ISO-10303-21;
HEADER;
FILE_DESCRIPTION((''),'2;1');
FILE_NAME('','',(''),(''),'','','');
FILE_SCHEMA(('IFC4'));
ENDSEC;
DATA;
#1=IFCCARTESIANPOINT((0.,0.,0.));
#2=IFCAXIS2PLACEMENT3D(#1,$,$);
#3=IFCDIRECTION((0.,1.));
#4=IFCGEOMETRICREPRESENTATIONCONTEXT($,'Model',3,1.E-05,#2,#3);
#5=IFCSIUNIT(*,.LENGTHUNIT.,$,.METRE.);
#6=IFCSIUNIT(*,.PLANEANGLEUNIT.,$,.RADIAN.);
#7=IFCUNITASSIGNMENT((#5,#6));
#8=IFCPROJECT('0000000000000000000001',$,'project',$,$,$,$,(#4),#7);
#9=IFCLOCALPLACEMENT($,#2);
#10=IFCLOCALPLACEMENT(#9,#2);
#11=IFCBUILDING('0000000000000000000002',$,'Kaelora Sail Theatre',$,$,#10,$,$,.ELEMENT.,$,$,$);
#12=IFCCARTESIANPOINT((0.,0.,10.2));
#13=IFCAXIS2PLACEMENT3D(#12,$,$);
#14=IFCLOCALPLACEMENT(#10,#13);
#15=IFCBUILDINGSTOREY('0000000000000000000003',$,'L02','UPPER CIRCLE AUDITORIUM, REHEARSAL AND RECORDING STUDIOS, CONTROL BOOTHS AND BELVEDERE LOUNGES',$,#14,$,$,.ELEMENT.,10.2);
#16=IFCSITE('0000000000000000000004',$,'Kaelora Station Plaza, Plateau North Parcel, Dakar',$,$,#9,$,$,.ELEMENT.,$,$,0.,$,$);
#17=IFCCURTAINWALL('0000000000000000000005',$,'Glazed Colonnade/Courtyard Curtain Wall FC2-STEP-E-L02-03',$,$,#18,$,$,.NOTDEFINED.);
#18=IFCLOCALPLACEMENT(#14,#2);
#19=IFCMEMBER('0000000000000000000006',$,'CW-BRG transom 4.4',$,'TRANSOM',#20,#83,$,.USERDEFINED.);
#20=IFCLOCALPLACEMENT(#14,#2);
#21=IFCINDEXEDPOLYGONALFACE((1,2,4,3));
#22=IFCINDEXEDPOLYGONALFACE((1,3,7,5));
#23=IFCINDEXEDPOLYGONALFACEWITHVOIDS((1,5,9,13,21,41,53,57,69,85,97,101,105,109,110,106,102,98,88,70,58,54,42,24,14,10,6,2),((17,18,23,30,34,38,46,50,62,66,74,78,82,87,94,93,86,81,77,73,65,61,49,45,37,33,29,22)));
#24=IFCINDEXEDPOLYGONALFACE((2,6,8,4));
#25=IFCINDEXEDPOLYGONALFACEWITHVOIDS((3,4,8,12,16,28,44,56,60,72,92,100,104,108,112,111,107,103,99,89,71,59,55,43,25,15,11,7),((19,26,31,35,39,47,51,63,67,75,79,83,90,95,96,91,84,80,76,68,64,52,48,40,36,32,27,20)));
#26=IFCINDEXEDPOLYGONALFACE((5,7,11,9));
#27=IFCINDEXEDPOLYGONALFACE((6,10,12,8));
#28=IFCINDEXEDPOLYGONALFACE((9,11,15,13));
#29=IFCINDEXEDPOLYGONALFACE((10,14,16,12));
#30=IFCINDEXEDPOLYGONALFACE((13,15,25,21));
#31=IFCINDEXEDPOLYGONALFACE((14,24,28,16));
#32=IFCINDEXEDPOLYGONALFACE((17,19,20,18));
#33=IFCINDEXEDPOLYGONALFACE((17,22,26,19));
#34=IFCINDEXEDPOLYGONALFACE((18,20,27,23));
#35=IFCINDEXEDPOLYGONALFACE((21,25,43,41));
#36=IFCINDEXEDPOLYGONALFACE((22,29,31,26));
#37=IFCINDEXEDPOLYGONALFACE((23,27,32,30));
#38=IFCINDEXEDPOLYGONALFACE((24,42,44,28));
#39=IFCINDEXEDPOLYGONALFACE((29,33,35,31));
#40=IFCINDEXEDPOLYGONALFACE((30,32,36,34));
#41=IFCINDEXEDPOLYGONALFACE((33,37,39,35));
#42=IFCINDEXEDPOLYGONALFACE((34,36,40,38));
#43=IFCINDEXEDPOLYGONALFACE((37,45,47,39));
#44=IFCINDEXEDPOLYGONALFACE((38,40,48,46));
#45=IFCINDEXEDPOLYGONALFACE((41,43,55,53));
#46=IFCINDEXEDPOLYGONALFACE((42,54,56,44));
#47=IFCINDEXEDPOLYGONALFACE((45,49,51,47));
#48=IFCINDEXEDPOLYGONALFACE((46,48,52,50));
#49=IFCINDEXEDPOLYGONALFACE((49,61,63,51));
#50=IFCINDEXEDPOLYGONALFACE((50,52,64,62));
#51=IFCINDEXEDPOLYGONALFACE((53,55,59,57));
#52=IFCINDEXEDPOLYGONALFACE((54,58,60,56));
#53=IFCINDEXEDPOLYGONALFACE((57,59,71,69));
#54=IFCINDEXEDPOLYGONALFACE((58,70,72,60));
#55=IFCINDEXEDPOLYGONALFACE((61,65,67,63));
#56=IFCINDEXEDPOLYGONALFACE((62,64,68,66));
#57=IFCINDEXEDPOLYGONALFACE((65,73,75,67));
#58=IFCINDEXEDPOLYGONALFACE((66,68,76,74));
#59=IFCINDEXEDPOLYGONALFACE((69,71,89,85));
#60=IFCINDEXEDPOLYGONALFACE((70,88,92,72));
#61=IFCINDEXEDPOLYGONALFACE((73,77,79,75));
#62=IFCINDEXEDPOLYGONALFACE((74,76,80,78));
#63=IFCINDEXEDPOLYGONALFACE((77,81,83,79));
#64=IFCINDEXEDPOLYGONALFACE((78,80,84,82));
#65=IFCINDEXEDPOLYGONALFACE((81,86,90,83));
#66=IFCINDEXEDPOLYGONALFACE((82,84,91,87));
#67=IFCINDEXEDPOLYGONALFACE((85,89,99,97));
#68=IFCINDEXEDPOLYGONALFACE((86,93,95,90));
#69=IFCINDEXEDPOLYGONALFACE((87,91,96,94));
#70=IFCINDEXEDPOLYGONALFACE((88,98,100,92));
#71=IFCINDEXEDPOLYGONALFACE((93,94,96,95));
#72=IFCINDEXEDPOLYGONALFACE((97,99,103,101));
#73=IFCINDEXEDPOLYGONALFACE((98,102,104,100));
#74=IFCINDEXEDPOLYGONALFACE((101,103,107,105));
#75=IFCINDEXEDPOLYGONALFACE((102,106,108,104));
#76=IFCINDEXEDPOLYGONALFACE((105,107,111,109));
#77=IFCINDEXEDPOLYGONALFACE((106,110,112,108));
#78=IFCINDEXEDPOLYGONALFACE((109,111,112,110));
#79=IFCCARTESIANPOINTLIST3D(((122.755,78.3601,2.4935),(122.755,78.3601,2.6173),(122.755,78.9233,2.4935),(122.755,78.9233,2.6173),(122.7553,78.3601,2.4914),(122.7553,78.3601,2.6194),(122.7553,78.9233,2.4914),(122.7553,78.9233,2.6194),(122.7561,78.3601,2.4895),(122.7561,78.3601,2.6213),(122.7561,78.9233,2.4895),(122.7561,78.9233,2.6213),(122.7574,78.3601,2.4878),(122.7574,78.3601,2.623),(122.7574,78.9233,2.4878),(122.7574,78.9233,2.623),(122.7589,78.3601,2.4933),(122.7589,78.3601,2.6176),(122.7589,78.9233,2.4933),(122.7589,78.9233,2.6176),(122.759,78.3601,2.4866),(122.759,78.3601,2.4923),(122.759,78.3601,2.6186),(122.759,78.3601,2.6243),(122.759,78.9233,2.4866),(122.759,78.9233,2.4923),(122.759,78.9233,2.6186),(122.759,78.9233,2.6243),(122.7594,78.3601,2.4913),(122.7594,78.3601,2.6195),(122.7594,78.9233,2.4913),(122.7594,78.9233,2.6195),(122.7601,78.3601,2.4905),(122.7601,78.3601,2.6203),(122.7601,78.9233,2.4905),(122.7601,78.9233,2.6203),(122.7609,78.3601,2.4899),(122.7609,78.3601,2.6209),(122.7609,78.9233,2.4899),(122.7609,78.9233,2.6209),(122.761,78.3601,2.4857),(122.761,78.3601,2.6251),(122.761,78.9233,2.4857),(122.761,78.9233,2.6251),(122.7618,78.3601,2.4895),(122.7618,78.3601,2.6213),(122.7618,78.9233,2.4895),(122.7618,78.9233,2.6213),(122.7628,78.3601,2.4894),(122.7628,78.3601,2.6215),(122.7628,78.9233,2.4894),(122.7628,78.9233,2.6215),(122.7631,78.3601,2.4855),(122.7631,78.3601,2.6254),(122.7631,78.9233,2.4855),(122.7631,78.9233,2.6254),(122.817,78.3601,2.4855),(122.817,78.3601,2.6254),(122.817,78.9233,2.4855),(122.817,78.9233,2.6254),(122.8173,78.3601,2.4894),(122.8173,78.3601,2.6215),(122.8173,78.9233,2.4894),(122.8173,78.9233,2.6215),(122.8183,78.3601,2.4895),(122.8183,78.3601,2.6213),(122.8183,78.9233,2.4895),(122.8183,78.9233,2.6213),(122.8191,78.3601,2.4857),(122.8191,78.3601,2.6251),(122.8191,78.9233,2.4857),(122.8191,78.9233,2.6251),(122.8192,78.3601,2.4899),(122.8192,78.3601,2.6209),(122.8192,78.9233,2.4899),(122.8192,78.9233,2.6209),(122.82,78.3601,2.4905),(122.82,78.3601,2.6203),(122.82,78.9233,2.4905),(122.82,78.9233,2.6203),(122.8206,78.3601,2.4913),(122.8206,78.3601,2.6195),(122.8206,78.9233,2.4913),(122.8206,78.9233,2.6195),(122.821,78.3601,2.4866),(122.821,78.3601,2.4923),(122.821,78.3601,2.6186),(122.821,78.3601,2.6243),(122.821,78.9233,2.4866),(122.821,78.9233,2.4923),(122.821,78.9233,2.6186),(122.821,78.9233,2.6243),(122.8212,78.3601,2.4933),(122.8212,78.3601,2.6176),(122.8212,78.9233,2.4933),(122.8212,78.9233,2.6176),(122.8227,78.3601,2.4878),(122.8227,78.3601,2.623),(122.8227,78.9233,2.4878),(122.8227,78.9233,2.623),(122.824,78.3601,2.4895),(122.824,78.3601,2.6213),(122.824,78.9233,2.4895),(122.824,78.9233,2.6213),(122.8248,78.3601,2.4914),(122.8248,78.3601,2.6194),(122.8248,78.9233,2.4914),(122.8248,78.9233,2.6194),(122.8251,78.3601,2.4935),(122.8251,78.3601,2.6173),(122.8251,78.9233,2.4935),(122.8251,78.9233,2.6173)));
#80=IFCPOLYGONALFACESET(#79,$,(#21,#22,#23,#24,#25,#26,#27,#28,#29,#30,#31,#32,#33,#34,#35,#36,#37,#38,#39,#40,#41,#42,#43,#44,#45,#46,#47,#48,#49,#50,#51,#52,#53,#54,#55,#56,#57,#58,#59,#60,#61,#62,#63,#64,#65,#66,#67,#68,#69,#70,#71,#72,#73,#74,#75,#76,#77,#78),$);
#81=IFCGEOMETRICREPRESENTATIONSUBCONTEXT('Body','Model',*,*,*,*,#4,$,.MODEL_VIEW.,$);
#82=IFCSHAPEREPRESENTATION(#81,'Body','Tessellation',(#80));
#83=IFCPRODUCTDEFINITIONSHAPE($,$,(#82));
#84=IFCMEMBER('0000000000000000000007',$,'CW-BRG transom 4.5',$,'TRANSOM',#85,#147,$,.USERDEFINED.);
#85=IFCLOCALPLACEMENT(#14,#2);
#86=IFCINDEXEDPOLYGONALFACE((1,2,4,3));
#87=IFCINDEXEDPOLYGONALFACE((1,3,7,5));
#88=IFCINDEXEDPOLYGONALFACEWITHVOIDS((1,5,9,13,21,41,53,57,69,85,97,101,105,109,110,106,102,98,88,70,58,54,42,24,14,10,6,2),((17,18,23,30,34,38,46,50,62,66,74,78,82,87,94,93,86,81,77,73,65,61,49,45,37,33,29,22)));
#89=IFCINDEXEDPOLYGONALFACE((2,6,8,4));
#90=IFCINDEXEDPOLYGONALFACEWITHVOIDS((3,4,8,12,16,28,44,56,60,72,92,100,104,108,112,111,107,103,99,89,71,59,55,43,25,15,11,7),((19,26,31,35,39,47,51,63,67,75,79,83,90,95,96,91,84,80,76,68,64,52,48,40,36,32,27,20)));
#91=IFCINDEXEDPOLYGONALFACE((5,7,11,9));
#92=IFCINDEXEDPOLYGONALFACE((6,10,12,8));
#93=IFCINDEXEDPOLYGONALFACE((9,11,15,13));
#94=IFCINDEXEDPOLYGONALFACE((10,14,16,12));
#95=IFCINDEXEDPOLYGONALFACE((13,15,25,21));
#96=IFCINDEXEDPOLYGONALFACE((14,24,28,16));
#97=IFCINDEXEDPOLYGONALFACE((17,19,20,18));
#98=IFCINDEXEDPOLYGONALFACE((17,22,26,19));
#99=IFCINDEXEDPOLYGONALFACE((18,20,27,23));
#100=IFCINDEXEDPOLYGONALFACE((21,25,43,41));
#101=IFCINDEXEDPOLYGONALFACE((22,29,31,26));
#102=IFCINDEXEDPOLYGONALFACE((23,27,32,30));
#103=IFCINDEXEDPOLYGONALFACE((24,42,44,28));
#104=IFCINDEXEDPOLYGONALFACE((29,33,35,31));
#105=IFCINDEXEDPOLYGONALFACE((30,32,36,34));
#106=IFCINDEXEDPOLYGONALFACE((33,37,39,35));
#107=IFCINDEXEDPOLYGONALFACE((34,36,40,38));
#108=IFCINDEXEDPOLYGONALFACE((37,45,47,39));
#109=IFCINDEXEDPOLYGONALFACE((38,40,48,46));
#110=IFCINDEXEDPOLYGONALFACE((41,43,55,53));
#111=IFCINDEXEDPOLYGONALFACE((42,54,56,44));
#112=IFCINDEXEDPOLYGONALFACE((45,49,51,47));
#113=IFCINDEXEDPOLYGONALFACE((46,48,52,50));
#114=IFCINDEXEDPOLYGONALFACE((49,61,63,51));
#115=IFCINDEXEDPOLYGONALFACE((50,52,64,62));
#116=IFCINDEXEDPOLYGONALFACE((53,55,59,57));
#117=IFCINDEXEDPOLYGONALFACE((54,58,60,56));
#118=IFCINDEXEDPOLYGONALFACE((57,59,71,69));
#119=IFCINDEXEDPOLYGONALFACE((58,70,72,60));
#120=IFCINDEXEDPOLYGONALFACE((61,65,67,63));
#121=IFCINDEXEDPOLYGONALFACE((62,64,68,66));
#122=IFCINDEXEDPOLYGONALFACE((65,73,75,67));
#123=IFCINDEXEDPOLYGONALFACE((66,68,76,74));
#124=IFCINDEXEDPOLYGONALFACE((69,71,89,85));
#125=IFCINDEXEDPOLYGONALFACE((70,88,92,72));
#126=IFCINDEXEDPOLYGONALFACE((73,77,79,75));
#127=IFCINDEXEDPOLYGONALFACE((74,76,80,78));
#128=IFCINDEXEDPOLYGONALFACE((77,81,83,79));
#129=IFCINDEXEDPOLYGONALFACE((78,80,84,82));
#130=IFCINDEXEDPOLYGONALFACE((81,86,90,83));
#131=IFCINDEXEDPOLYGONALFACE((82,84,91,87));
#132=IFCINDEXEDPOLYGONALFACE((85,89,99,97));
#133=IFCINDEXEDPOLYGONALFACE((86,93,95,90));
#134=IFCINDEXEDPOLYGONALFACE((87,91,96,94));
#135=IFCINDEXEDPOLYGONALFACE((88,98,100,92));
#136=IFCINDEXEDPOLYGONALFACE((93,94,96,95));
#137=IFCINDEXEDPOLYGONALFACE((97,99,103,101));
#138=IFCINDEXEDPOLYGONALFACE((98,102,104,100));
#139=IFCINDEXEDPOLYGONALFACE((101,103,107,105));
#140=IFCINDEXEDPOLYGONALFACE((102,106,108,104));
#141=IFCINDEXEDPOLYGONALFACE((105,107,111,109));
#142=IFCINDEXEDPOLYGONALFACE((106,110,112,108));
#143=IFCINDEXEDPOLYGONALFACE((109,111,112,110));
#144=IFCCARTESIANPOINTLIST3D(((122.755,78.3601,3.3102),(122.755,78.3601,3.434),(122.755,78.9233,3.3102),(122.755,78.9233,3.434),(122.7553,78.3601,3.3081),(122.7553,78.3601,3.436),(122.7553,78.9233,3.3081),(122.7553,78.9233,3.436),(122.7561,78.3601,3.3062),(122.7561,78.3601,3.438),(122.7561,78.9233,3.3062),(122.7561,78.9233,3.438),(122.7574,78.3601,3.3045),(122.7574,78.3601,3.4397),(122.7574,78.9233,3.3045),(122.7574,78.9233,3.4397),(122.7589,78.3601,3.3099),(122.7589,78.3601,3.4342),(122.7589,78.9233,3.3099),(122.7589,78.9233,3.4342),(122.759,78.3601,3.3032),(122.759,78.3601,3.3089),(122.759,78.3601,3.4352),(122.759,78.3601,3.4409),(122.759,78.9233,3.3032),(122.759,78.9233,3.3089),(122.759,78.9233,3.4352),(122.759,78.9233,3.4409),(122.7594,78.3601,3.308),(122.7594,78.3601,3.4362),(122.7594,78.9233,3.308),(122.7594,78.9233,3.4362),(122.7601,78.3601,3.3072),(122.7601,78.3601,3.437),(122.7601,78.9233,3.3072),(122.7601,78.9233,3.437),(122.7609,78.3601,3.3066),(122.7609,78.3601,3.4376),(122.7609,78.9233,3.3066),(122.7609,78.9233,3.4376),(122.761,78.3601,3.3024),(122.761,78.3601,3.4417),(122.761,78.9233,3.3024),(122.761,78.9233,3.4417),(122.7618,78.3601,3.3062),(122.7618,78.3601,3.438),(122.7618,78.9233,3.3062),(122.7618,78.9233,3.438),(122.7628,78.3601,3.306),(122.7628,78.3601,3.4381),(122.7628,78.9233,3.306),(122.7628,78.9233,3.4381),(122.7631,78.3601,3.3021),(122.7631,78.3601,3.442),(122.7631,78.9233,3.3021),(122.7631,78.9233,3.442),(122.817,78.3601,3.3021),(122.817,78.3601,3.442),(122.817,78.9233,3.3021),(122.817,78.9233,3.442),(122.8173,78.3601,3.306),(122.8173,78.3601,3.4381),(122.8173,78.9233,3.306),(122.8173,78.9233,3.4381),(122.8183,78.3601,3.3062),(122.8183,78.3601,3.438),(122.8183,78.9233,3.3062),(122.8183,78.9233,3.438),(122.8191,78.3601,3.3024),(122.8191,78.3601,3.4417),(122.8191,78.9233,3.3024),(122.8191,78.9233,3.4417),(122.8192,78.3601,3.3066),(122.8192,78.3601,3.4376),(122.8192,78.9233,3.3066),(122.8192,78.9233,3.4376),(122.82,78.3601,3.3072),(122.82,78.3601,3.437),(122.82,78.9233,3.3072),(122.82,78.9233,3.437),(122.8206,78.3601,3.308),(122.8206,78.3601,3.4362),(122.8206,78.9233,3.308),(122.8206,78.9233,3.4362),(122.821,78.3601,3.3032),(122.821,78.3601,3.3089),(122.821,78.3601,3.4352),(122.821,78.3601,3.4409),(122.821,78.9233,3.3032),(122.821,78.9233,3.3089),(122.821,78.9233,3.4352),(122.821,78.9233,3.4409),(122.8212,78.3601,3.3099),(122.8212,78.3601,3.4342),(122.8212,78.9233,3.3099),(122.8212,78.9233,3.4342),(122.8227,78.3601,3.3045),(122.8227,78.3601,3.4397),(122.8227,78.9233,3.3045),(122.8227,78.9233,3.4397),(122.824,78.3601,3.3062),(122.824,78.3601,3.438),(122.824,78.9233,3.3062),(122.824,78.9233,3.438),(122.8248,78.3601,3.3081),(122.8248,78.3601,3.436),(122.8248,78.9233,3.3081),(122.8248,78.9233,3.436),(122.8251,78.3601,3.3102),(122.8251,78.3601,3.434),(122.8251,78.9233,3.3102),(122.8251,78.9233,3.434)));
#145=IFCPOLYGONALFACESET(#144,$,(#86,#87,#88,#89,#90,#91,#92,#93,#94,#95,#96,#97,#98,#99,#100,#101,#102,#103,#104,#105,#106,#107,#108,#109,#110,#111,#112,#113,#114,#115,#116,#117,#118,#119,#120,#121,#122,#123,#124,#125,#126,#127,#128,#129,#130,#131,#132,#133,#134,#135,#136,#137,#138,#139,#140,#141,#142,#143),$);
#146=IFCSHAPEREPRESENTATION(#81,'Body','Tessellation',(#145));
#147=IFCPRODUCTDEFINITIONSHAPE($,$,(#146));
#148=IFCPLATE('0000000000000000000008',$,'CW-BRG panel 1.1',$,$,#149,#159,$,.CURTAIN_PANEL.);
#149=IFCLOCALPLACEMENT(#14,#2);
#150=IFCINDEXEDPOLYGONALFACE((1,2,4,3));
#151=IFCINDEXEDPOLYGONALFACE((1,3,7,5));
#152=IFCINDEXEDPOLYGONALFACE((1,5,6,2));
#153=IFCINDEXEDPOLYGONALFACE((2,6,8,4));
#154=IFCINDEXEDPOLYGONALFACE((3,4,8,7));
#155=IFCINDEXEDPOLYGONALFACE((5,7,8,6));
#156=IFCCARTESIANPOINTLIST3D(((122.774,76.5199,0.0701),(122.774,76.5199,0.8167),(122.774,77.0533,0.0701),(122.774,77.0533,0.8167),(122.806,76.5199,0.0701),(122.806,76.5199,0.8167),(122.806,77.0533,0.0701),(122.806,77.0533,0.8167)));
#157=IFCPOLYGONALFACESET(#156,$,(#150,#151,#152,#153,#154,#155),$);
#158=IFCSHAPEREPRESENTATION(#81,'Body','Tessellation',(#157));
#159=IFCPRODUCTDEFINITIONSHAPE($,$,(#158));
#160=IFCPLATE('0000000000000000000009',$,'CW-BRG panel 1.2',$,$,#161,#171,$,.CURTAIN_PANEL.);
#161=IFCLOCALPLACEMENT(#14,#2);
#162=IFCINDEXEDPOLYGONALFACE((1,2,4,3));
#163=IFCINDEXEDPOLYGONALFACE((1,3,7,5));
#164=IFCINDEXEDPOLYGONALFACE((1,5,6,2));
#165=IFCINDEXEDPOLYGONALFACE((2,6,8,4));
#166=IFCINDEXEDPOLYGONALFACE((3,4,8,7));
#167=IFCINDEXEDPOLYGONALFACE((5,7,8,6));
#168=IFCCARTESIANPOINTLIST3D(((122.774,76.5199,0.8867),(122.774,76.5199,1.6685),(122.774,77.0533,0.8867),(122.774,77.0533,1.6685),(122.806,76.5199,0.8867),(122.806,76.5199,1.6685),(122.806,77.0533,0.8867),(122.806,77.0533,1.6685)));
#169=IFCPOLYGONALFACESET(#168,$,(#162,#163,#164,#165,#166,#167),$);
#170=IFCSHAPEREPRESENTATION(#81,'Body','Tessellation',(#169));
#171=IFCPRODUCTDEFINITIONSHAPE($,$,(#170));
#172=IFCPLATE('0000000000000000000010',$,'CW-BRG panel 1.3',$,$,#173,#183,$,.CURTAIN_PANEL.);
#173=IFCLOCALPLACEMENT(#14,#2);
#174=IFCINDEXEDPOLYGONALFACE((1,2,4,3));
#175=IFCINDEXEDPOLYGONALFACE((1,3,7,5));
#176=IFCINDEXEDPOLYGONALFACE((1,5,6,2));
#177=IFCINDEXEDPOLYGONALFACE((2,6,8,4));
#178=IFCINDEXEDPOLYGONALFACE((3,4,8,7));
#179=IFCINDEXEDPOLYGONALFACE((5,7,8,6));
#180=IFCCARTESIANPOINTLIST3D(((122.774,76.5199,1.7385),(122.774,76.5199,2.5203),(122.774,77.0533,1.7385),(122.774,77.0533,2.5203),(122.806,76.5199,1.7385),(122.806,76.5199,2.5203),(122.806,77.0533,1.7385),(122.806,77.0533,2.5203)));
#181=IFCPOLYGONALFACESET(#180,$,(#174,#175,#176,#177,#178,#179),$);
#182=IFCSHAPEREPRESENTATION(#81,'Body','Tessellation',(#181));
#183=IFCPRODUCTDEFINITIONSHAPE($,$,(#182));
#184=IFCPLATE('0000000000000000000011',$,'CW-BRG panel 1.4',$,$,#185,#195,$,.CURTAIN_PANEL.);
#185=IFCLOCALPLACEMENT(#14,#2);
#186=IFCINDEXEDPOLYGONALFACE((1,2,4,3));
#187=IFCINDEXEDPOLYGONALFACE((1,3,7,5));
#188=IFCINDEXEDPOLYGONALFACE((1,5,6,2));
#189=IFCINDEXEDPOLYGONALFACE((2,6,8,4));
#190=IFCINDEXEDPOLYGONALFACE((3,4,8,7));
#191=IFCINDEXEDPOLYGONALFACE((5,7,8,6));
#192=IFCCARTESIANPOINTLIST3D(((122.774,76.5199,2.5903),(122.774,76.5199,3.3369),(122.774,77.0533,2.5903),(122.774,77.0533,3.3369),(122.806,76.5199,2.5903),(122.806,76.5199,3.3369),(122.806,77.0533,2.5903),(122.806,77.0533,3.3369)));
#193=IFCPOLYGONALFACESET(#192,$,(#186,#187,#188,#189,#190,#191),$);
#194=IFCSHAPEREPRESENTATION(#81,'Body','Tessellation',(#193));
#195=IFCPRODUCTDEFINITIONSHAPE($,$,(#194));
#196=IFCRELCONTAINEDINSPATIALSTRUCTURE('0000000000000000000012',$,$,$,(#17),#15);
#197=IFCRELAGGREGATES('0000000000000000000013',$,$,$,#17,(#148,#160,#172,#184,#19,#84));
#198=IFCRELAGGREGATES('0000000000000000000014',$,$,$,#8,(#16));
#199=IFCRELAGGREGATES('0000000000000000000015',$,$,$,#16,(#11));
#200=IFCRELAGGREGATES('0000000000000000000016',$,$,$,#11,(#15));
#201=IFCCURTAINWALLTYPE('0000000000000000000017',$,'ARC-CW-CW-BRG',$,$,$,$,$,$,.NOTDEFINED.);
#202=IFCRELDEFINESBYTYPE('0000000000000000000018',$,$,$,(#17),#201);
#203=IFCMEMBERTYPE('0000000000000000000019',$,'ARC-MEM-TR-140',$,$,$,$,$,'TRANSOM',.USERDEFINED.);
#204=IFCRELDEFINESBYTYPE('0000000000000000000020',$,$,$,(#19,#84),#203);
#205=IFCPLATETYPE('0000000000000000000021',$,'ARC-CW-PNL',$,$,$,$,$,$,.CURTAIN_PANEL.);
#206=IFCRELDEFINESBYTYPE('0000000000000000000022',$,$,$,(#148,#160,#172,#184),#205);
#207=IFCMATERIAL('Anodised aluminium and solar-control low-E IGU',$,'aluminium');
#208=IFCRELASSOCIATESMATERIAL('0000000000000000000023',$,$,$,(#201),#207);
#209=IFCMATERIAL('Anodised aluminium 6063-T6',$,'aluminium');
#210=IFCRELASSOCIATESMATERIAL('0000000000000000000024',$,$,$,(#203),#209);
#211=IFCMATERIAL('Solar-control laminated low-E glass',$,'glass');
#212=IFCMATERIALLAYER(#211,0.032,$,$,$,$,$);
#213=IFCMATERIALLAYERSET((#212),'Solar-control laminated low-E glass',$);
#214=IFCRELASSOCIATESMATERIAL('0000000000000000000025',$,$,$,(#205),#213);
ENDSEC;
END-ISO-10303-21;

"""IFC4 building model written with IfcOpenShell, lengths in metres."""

from ifc_helpers import new_model, si_unit, direction, frame, origin, origin_2d, place, context, subcontext, project, spatial, rectangle, hollow_rectangle, extrude, material, layer, layer_set, material_profile, profile_set, type_object, element, aggregate, save


model = new_model("IFC4")

# Units and contexts
model_context = context("Model", 3, precision=1e-05, world=origin(), true_north=direction((0.0, 1.0)))
body_context = subcontext(model_context, "Body", "Model", "MODEL_VIEW")
ifc_project = project(units=[si_unit("LENGTHUNIT", "METRE"), si_unit("PLANEANGLEUNIT", "RADIAN")], contexts=[model_context])

# Site, building, storey
site_placement = place(None, origin())
site = spatial("IfcSite", under=ifc_project, at=site_placement, Name="Kaelora Station Plaza, Plateau North Parcel, Dakar", CompositionType="ELEMENT", RefElevation=0.0)
building_placement = place(site_placement, origin())
building = spatial("IfcBuilding", under=site, at=building_placement, Name="Kaelora Sail Theatre", CompositionType="ELEMENT")
storey_placement = place(building_placement, frame((0.0, 0.0, 10.2)))
storey = spatial("IfcBuildingStorey", under=building, at=storey_placement, Name="L02", Description="UPPER CIRCLE AUDITORIUM, REHEARSAL AND RECORDING STUDIOS, CONTROL BOOTHS AND BELVEDERE LOUNGES", CompositionType="ELEMENT", Elevation=10.2)

# Curtain wall, members, plates
ifc_material_1 = material(Name="Anodised aluminium and solar-control low-E IGU", Category="aluminium")
curtain_wall_type = type_object("IfcCurtainWallType", Name="ARC-CW-CW-BRG", PredefinedType="NOTDEFINED", material=ifc_material_1)
curtain_wall_placement = place(storey_placement, origin())
curtain_wall = element("IfcCurtainWall", 1, at=curtain_wall_placement, inside=storey, type_object=curtain_wall_type, Name="Glazed Colonnade/Courtyard Curtain Wall FC2-STEP-E-L02-03", PredefinedType="NOTDEFINED")
ifc_material_2 = material(Name="Anodised aluminium 6063-T6", Category="aluminium")
ifc_material_profile_1 = material_profile(ifc_material_2, hollow_rectangle(XDim=0.0701, YDim=0.1399, WallThickness=0.0039, InnerFilletRadius=0.0039, OuterFilletRadius=0.0081, at=origin_2d()), Name="ALU-TRAN 70x140x4")
ifc_profile_set_1 = profile_set([ifc_material_profile_1], Name="Anodised aluminium 6063-T6")
member_type_1 = type_object("IfcMemberType", Name="ARC-MEM-TR-140", ElementType="TRANSOM", PredefinedType="USERDEFINED", material=ifc_profile_set_1)
member_1_placement = place(storey_placement, frame((122.79, 78.3601, 2.5554), z_axis=(0.0, 1.0, 0.0), x_axis=(-1.0, 0.0, 0.0)))
member_1 = element("IfcMember", 2, at=member_1_placement, type_object=member_type_1, Name="CW-BRG transom 4.4", ObjectType="TRANSOM", PredefinedType="USERDEFINED", context=body_context, shape_type="SweptSolid", body=[
    extrude(hollow_rectangle(XDim=0.0701, YDim=0.1399, WallThickness=0.0039, InnerFilletRadius=0.0039, OuterFilletRadius=0.0081, at=origin_2d()), origin(), (0.0, 0.0, 1.0), 0.5632),
])
member_2_placement = place(storey_placement, frame((122.79, 78.3601, 3.3721), z_axis=(0.0, 1.0, 0.0), x_axis=(-1.0, 0.0, 0.0)))
member_2 = element("IfcMember", 3, at=member_2_placement, type_object=member_type_1, Name="CW-BRG transom 4.5", ObjectType="TRANSOM", PredefinedType="USERDEFINED", context=body_context, shape_type="SweptSolid", body=[
    extrude(hollow_rectangle(XDim=0.0701, YDim=0.1399, WallThickness=0.0039, InnerFilletRadius=0.0039, OuterFilletRadius=0.0081, at=origin_2d()), origin(), (0.0, 0.0, 1.0), 0.5632),
])
ifc_material_3 = material(Name="Solar-control laminated low-E glass", Category="glass")
ifc_layer = layer(ifc_material_3, 0.032)
ifc_layer_set = layer_set([ifc_layer], Name="Solar-control laminated low-E glass")
plate_type = type_object("IfcPlateType", Name="ARC-CW-PNL", PredefinedType="CURTAIN_PANEL", material=ifc_layer_set)
plate_1_placement = place(storey_placement, frame((122.79, 76.7866, 0.0701), z_axis=(0.0, 0.0, 1.0), x_axis=(0.0, 1.0, 0.0)))
plate_1 = element("IfcPlate", 4, at=plate_1_placement, type_object=plate_type, Name="CW-BRG panel 1.1", PredefinedType="CURTAIN_PANEL", context=body_context, shape_type="SweptSolid", body=[
    extrude(rectangle(XDim=0.5334, YDim=0.032, at=origin_2d()), origin(), (0.0, 0.0, 1.0), 0.7466),
])
plate_2_placement = place(storey_placement, frame((122.79, 76.7866, 0.8867), z_axis=(0.0, 0.0, 1.0), x_axis=(0.0, 1.0, 0.0)))
plate_2 = element("IfcPlate", 5, at=plate_2_placement, type_object=plate_type, Name="CW-BRG panel 1.2", PredefinedType="CURTAIN_PANEL", context=body_context, shape_type="SweptSolid", body=[
    extrude(rectangle(XDim=0.5334, YDim=0.032, at=origin_2d()), origin(), (0.0, 0.0, 1.0), 0.7817),
])
plate_3_placement = place(storey_placement, frame((122.79, 76.7866, 1.7385), z_axis=(0.0, 0.0, 1.0), x_axis=(0.0, 1.0, 0.0)))
plate_3 = element("IfcPlate", 6, at=plate_3_placement, type_object=plate_type, Name="CW-BRG panel 1.3", PredefinedType="CURTAIN_PANEL", context=body_context, shape_type="SweptSolid", body=[
    extrude(rectangle(XDim=0.5334, YDim=0.032, at=origin_2d()), origin(), (0.0, 0.0, 1.0), 0.7817),
])
plate_4_placement = place(storey_placement, frame((122.79, 76.7866, 2.5903), z_axis=(0.0, 0.0, 1.0), x_axis=(0.0, 1.0, 0.0)))
plate_4 = element("IfcPlate", 7, at=plate_4_placement, type_object=plate_type, Name="CW-BRG panel 1.4", PredefinedType="CURTAIN_PANEL", context=body_context, shape_type="SweptSolid", body=[
    extrude(rectangle(XDim=0.5334, YDim=0.032, at=origin_2d()), origin(), (0.0, 0.0, 1.0), 0.7466),
])
aggregate(curtain_wall, [plate_1, plate_2, plate_3, plate_4, member_1, member_2])

save(model, "model.ifc")
